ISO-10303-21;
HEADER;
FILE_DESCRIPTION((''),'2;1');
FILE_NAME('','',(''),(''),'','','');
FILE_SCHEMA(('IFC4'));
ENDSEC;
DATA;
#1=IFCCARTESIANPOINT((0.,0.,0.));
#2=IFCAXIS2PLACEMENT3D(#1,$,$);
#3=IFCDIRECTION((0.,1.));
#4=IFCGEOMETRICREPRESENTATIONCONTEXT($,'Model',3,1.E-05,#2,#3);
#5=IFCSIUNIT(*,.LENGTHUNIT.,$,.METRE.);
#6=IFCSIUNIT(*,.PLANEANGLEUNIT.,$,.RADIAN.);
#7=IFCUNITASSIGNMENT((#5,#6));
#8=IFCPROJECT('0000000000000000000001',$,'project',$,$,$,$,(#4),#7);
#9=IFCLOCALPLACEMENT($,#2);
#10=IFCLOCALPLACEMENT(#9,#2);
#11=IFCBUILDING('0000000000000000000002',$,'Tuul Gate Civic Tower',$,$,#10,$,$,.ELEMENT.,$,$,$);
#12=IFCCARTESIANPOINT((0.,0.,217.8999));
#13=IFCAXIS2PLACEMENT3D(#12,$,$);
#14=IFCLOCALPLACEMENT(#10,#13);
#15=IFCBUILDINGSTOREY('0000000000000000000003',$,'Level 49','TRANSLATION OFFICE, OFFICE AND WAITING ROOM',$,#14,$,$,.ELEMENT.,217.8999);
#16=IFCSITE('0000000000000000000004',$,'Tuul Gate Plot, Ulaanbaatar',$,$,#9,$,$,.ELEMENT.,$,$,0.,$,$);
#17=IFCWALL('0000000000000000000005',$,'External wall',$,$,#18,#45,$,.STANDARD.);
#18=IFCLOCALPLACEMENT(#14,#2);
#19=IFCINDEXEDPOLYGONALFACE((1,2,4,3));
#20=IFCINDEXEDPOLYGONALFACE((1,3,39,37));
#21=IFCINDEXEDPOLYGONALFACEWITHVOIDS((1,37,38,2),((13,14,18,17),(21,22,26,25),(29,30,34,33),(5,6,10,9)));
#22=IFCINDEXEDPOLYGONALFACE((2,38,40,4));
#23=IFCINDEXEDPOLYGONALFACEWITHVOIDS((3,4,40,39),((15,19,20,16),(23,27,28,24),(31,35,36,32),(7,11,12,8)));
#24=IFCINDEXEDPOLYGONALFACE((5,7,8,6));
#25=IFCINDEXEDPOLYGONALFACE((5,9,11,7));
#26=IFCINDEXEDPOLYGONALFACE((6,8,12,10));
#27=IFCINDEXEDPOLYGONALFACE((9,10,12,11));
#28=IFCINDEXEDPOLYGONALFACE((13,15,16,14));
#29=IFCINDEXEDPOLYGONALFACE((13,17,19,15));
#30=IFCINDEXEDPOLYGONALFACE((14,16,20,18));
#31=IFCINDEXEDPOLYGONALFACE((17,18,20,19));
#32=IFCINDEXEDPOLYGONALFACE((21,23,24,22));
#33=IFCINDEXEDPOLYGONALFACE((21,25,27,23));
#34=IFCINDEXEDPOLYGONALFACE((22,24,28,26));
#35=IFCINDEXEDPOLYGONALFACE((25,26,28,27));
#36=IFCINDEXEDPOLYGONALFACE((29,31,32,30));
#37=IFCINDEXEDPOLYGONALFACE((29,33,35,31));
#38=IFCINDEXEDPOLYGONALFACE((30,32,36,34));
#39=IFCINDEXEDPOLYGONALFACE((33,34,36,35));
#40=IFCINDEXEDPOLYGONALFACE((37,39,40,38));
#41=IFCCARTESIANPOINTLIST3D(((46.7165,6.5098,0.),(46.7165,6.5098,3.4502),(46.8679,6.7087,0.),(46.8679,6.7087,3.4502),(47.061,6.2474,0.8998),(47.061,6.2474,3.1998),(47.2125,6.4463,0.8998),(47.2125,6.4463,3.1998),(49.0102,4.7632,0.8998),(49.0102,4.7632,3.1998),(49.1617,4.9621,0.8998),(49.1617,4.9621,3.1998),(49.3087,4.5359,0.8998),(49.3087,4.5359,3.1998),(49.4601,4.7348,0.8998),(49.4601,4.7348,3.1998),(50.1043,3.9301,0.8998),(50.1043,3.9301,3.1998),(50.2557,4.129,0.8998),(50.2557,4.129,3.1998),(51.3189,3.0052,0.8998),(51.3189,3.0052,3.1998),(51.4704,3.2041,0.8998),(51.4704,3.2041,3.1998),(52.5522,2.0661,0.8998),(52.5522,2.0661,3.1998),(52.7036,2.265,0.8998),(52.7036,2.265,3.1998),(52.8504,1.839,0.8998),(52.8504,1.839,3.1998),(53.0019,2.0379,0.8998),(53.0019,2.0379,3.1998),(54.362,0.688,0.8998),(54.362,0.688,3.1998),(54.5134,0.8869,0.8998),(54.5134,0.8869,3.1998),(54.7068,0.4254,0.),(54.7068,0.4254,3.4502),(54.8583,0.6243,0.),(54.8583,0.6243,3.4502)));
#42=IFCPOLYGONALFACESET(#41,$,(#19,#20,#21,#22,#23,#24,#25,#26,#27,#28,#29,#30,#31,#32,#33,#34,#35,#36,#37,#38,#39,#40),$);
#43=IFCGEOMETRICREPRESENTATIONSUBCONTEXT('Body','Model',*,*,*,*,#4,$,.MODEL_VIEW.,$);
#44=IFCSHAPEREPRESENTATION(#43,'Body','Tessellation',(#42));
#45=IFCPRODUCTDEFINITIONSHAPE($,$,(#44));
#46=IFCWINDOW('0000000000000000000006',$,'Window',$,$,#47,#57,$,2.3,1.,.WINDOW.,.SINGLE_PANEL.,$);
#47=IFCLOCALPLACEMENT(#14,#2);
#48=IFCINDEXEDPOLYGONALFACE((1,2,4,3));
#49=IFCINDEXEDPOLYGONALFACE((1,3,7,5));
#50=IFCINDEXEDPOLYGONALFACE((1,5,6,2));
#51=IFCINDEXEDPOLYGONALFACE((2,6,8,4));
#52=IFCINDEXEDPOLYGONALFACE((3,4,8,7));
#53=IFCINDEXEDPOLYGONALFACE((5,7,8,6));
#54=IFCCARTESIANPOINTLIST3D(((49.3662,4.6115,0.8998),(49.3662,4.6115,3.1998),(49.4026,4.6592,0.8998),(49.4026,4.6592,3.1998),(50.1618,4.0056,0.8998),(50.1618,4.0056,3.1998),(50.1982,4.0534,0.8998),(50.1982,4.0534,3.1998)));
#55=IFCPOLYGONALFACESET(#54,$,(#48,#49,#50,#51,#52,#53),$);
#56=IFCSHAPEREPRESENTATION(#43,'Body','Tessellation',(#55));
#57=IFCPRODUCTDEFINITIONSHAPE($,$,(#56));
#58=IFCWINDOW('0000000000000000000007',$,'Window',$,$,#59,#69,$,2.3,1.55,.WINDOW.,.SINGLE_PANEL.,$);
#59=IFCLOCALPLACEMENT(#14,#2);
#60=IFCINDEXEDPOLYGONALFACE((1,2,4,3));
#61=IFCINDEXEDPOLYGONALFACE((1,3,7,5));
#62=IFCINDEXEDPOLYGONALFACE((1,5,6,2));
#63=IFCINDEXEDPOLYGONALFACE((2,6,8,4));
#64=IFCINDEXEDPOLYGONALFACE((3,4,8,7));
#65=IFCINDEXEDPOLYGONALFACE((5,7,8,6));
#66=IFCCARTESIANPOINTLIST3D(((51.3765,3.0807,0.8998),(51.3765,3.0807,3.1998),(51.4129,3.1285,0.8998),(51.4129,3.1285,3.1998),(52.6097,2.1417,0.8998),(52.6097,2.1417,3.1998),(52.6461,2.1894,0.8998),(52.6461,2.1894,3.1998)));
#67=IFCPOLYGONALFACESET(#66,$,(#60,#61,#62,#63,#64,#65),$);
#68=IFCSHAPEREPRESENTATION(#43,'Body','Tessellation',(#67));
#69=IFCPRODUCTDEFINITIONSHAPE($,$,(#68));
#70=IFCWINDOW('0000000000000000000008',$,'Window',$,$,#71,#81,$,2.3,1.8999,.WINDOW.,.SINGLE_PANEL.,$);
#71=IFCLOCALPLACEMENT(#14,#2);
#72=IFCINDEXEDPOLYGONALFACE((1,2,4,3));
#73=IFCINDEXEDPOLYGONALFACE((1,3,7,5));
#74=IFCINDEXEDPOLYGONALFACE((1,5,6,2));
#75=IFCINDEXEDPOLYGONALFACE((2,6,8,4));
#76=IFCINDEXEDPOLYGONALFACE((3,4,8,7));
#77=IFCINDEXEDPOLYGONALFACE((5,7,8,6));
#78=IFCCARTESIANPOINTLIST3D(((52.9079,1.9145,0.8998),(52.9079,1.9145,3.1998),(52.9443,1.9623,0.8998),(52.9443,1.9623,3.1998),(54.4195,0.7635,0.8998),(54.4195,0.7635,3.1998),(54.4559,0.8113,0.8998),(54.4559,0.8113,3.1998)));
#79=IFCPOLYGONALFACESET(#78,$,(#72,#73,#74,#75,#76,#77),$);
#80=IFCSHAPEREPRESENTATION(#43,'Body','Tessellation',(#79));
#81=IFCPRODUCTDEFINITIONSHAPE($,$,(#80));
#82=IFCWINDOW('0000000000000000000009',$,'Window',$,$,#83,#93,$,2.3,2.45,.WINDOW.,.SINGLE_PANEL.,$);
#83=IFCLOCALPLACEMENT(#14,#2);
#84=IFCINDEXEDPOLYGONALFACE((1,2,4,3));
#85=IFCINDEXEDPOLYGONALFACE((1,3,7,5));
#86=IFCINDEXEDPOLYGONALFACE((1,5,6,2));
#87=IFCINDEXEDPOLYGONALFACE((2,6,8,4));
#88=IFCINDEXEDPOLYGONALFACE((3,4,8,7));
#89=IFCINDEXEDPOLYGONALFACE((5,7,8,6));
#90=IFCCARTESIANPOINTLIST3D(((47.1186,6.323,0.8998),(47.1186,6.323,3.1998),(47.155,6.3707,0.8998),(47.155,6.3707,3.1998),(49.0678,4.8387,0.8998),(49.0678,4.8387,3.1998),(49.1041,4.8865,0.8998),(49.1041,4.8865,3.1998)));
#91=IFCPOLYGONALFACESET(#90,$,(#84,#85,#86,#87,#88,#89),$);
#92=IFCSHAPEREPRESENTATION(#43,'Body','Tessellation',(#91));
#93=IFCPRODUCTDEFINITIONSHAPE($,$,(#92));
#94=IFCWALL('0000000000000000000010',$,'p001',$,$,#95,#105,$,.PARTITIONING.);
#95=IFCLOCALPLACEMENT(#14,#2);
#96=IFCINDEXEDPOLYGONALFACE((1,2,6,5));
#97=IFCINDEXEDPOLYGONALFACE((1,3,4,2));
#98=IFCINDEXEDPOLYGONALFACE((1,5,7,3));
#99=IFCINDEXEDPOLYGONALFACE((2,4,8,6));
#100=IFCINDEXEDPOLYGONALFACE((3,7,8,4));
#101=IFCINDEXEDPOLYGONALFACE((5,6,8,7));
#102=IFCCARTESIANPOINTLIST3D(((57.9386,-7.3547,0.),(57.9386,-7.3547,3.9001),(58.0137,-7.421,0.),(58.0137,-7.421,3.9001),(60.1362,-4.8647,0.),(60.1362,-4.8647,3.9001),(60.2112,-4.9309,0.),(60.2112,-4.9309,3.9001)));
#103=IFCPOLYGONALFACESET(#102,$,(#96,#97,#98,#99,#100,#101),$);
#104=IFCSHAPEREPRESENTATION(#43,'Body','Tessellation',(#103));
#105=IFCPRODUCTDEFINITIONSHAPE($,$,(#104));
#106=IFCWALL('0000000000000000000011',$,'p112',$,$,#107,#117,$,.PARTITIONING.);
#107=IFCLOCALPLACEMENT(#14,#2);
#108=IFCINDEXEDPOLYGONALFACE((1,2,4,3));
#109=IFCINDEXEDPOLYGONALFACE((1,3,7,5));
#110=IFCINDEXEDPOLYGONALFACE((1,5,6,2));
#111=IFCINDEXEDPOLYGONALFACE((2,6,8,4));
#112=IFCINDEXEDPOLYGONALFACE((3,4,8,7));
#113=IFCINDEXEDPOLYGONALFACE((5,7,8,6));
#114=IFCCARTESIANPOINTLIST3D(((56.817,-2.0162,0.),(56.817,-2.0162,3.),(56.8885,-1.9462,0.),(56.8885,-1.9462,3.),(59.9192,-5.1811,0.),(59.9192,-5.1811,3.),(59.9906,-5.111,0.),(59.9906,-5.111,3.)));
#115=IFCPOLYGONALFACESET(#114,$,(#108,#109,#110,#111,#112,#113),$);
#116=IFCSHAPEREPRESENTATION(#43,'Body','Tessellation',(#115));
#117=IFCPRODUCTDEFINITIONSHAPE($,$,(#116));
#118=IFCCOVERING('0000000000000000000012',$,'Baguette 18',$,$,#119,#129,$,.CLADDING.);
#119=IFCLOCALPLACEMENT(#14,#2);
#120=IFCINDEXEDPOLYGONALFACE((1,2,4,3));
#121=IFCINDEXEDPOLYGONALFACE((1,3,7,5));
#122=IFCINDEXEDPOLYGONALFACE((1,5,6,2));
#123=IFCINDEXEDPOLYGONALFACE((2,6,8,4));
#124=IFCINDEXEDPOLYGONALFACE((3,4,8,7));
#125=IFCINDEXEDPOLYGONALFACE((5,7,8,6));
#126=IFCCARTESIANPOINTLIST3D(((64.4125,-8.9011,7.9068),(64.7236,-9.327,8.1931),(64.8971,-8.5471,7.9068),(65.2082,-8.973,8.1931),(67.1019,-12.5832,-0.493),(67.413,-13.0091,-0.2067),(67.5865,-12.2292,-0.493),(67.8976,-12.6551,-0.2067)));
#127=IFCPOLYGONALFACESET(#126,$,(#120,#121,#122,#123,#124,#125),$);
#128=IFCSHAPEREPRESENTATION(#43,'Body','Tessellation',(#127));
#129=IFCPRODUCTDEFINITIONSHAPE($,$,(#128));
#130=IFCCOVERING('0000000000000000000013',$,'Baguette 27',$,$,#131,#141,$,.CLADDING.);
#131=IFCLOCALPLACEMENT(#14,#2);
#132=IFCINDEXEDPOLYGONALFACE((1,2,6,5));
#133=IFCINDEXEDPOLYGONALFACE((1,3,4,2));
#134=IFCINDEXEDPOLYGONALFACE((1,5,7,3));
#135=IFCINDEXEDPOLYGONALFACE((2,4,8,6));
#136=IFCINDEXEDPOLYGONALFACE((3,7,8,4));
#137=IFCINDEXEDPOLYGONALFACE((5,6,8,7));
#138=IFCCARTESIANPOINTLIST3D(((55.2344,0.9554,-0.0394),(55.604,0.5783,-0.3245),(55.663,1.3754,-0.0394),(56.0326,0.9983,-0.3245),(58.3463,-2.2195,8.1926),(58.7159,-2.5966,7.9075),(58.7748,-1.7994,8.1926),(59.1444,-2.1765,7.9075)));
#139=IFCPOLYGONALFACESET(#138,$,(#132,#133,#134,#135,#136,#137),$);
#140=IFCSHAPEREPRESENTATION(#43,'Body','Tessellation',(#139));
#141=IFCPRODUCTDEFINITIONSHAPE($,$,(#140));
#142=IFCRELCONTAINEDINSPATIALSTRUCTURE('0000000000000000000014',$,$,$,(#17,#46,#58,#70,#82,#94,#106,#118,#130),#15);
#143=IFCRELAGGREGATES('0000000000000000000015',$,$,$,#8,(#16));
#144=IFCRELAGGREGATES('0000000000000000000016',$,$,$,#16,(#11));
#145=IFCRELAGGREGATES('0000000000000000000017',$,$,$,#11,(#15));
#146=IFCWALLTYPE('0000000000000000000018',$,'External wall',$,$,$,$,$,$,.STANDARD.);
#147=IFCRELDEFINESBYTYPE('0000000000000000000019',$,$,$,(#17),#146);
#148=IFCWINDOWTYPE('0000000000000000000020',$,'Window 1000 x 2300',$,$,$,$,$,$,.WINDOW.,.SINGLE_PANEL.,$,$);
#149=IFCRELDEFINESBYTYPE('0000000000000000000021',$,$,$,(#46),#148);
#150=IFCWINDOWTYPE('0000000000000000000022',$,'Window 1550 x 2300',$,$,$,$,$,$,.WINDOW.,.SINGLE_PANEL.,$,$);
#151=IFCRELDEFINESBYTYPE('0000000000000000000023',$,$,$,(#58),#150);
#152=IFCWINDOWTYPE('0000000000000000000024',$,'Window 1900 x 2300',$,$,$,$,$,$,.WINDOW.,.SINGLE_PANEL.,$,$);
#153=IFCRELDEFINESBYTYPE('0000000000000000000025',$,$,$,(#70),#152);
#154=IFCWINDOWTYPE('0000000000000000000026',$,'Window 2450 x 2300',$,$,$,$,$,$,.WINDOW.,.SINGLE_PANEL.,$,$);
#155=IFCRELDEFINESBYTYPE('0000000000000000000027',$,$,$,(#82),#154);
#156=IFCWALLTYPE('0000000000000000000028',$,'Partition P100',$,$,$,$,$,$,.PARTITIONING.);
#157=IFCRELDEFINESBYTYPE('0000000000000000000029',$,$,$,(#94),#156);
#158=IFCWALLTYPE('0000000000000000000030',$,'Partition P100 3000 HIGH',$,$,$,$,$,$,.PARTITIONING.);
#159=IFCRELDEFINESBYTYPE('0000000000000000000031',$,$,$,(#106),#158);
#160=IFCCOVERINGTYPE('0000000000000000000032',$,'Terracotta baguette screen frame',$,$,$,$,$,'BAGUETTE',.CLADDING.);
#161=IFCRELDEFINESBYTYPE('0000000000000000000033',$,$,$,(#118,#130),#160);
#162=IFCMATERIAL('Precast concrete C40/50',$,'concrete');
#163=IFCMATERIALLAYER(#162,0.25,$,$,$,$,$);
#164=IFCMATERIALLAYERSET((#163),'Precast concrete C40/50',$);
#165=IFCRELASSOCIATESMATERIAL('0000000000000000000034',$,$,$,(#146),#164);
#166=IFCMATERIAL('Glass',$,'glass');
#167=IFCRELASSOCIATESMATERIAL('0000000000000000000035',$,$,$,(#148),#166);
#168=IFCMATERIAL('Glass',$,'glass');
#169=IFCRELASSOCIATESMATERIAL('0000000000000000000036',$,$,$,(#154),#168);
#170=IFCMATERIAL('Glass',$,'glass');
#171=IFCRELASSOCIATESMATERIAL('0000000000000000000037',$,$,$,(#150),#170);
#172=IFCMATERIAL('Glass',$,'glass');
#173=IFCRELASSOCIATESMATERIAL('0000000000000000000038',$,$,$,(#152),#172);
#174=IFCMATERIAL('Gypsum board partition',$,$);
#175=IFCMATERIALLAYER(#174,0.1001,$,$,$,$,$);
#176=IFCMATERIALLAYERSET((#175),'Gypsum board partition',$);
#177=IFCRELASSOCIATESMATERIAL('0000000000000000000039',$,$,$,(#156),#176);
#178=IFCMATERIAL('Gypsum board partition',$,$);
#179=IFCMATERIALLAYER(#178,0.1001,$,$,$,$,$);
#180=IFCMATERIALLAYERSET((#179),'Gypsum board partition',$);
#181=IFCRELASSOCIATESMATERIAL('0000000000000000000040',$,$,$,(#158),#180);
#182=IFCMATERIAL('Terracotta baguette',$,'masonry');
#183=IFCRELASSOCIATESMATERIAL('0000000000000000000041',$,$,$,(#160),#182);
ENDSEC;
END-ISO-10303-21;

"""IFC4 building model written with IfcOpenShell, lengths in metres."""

from ifc_helpers import new_model, si_unit, direction, frame, frame_2d, origin, origin_2d, place, context, subcontext, project, spatial, rectangle, extrude, material, layer, layer_set, material_profile, profile_set, type_object, element, fill, save


model = new_model("IFC4")

# Units and contexts
model_context = context("Model", 3, precision=1e-05, world=origin(), true_north=direction((0.0, 1.0)))
body_context = subcontext(model_context, "Body", "Model", "MODEL_VIEW")
ifc_project = project(units=[si_unit("LENGTHUNIT", "METRE"), si_unit("PLANEANGLEUNIT", "RADIAN")], contexts=[model_context])

# Site, building, storey
site_placement = place(None, origin())
site = spatial("IfcSite", under=ifc_project, at=site_placement, Name="Tuul Gate Plot, Ulaanbaatar", CompositionType="ELEMENT", RefElevation=0.0)
building_placement = place(site_placement, origin())
building = spatial("IfcBuilding", under=site, at=building_placement, Name="Tuul Gate Civic Tower", CompositionType="ELEMENT")
storey_placement = place(building_placement, frame((0.0, 0.0, 217.8999)))
storey = spatial("IfcBuildingStorey", under=building, at=storey_placement, Name="Level 49", Description="TRANSLATION OFFICE, OFFICE AND WAITING ROOM", CompositionType="ELEMENT", Elevation=217.8999)

# Wall, openings, windows
ifc_material_1 = material(Name="Precast concrete C40/50", Category="concrete")
ifc_layer_1 = layer(ifc_material_1, 0.25)
ifc_layer_set_1 = layer_set([ifc_layer_1], Name="Precast concrete C40/50")
wall_type_1 = type_object("IfcWallType", Name="External wall", PredefinedType="STANDARD", material=ifc_layer_set_1)
ifc_material_2 = material(Name="Glass", Category="glass")
window_type_1 = type_object("IfcWindowType", Name="Window 1000 x 2300", PartitioningType="SINGLE_PANEL", PredefinedType="WINDOW", material=ifc_material_2)
ifc_material_3 = material(Name="Glass", Category="glass")
window_type_2 = type_object("IfcWindowType", Name="Window 2450 x 2300", PartitioningType="SINGLE_PANEL", PredefinedType="WINDOW", material=ifc_material_3)
wall_1_placement = place(storey_placement, frame((54.7825, 0.5249, 0.0), z_axis=(0.0, 0.0, 1.0), x_axis=(-0.7956, 0.605822, 0.0)))
wall_1 = element("IfcWall", 1, at=wall_1_placement, inside=storey, type_object=wall_type_1, Name="External wall", PredefinedType="STANDARD", context=body_context, shape_type="SweptSolid", body=[
    extrude(rectangle(XDim=10.0432, YDim=0.25, at=frame_2d((5.0215, 0.0))), origin(), (0.0, 0.0, 1.0), 3.4502),
])
opening_1_placement = place(wall_1_placement, frame((5.7849, 0.0, 0.8999)))
opening_1 = element("IfcOpeningElement", 2, at=opening_1_placement, cuts=wall_1, PredefinedType="OPENING", context=body_context, shape_type="SweptSolid", body=[
    extrude(rectangle(XDim=1.0, YDim=2.3, at=frame_2d((0.5, 1.1499))), frame((0.0, 0.135, 0.0), z_axis=(0.0, -1.0, 0.0), x_axis=(1.0, 0.0, 0.0)), (0.0, 0.0, 1.0), 0.27),
])
opening_2_placement = place(wall_1_placement, frame((7.1599, 0.0, 0.8999)))
opening_2 = element("IfcOpeningElement", 3, at=opening_2_placement, cuts=wall_1, PredefinedType="OPENING", context=body_context, shape_type="SweptSolid", body=[
    extrude(rectangle(XDim=2.45, YDim=2.3, at=frame_2d((1.2251, 1.1499))), frame((0.0, 0.135, 0.0), z_axis=(0.0, -1.0, 0.0), x_axis=(1.0, 0.0, 0.0)), (0.0, 0.0, 1.0), 0.27),
])
opening_3_placement = place(wall_1_placement, frame((0.4333, 0.0, 0.8999)))
opening_3 = element("IfcOpeningElement", 4, at=opening_3_placement, cuts=wall_1, PredefinedType="OPENING", context=body_context, shape_type="SweptSolid", body=[
    extrude(rectangle(XDim=1.8999, YDim=2.3, at=frame_2d((0.95, 1.1499))), frame((0.0, 0.135, 0.0), z_axis=(0.0, -1.0, 0.0), x_axis=(1.0, 0.0, 0.0)), (0.0, 0.0, 1.0), 0.27),
])
opening_4_placement = place(wall_1_placement, frame((2.7083, 0.0, 0.8999)))
opening_4 = element("IfcOpeningElement", 5, at=opening_4_placement, cuts=wall_1, PredefinedType="OPENING", context=body_context, shape_type="SweptSolid", body=[
    extrude(rectangle(XDim=1.55, YDim=2.3, at=frame_2d((0.7749, 1.1499))), frame((0.0, 0.135, 0.0), z_axis=(0.0, -1.0, 0.0), x_axis=(1.0, 0.0, 0.0)), (0.0, 0.0, 1.0), 0.27),
])
window_1_placement = place(opening_1_placement, origin())
window_1 = element("IfcWindow", 6, at=window_1_placement, inside=storey, type_object=window_type_1, Name="Window", OverallHeight=2.3, OverallWidth=1.0, PartitioningType="SINGLE_PANEL", PredefinedType="WINDOW", context=body_context, shape_type="SweptSolid", body=[
    extrude(rectangle(XDim=1.0, YDim=2.3, at=frame_2d((0.5, 1.1499))), frame((0.0, 0.03, 0.0), z_axis=(0.0, -1.0, 0.0), x_axis=(1.0, 0.0, 0.0)), (0.0, 0.0, 1.0), 0.0601),
])
fill(opening_1, window_1)
ifc_material_4 = material(Name="Glass", Category="glass")
window_type_3 = type_object("IfcWindowType", Name="Window 1550 x 2300", PartitioningType="SINGLE_PANEL", PredefinedType="WINDOW", material=ifc_material_4)
window_2_placement = place(opening_4_placement, origin())
window_2 = element("IfcWindow", 7, at=window_2_placement, inside=storey, type_object=window_type_3, Name="Window", OverallHeight=2.3, OverallWidth=1.55, PartitioningType="SINGLE_PANEL", PredefinedType="WINDOW", context=body_context, shape_type="SweptSolid", body=[
    extrude(rectangle(XDim=1.55, YDim=2.3, at=frame_2d((0.7749, 1.1499))), frame((0.0, 0.03, 0.0), z_axis=(0.0, -1.0, 0.0), x_axis=(1.0, 0.0, 0.0)), (0.0, 0.0, 1.0), 0.0601),
])
fill(opening_4, window_2)
ifc_material_5 = material(Name="Glass", Category="glass")
window_type_4 = type_object("IfcWindowType", Name="Window 1900 x 2300", PartitioningType="SINGLE_PANEL", PredefinedType="WINDOW", material=ifc_material_5)
window_3_placement = place(opening_3_placement, origin())
window_3 = element("IfcWindow", 8, at=window_3_placement, inside=storey, type_object=window_type_4, Name="Window", OverallHeight=2.3, OverallWidth=1.8999, PartitioningType="SINGLE_PANEL", PredefinedType="WINDOW", context=body_context, shape_type="SweptSolid", body=[
    extrude(rectangle(XDim=1.8999, YDim=2.3, at=frame_2d((0.95, 1.1499))), frame((0.0, 0.03, 0.0), z_axis=(0.0, -1.0, 0.0), x_axis=(1.0, 0.0, 0.0)), (0.0, 0.0, 1.0), 0.0601),
])
fill(opening_3, window_3)
window_4_placement = place(opening_2_placement, origin())
window_4 = element("IfcWindow", 9, at=window_4_placement, inside=storey, type_object=window_type_2, Name="Window", OverallHeight=2.3, OverallWidth=2.45, PartitioningType="SINGLE_PANEL", PredefinedType="WINDOW", context=body_context, shape_type="SweptSolid", body=[
    extrude(rectangle(XDim=2.45, YDim=2.3, at=frame_2d((1.2251, 1.1499))), frame((0.0, 0.03, 0.0), z_axis=(0.0, -1.0, 0.0), x_axis=(1.0, 0.0, 0.0)), (0.0, 0.0, 1.0), 0.0601),
])
fill(opening_2, window_4)

# Walls
ifc_material_6 = material(Name="Gypsum board partition")
ifc_layer_2 = layer(ifc_material_6, 0.1001)
ifc_layer_set_2 = layer_set([ifc_layer_2], Name="Gypsum board partition")
wall_type_2 = type_object("IfcWallType", Name="Partition P100", PredefinedType="PARTITIONING", material=ifc_layer_set_2)
wall_2_placement = place(storey_placement, frame((57.9761, -7.3879, 0.0), z_axis=(0.0, 0.0, 1.0), x_axis=(0.661699, 0.749769, 0.0)))
element("IfcWall", 10, at=wall_2_placement, inside=storey, type_object=wall_type_2, Name="p001", PredefinedType="PARTITIONING", context=body_context, shape_type="SweptSolid", body=[
    extrude(rectangle(XDim=3.321, YDim=0.1001, at=frame_2d((1.6606, 0.0))), origin(), (0.0, 0.0, 1.0), 3.9001),
])
ifc_material_7 = material(Name="Gypsum board partition")
ifc_layer_3 = layer(ifc_material_7, 0.1001)
ifc_layer_set_3 = layer_set([ifc_layer_3], Name="Gypsum board partition")
wall_type_3 = type_object("IfcWallType", Name="Partition P100 3000 HIGH", PredefinedType="PARTITIONING", material=ifc_layer_set_3)
wall_3_placement = place(storey_placement, frame((56.8528, -1.9812, 0.0), z_axis=(0.0, 0.0, 1.0), x_axis=(0.699992, -0.714151, 0.0)))
element("IfcWall", 11, at=wall_3_placement, inside=storey, type_object=wall_type_3, Name="p112", PredefinedType="PARTITIONING", context=body_context, shape_type="SweptSolid", body=[
    extrude(rectangle(XDim=4.4316, YDim=0.1001, at=frame_2d((2.2158, 0.0))), origin(), (0.0, 0.0, 1.0), 3.0),
])

# Coverings
ifc_material_8 = material(Name="Terracotta baguette", Category="masonry")
ifc_material_profile_1 = material_profile(ifc_material_8, rectangle(XDim=0.6001, YDim=0.6001, at=origin_2d()), Name="Terracotta baguette screen frame")
ifc_profile_set_1 = profile_set([ifc_material_profile_1], Name="Terracotta baguette")
covering_type = type_object("IfcCoveringType", Name="Terracotta baguette screen frame", ElementType="BAGUETTE", PredefinedType="CLADDING", material=ifc_profile_set_1)
covering_1_placement = place(storey_placement, frame((67.4998, -12.6191, -0.3499), z_axis=(-0.281391, 0.385253, 0.878862), x_axis=(-0.80753, -0.589826, 0.0)))
element("IfcCovering", 12, at=covering_1_placement, inside=storey, type_object=covering_type, Name="Baguette 18", PredefinedType="CLADDING", context=body_context, shape_type="SweptSolid", body=[
    extrude(rectangle(XDim=0.6001, YDim=0.6001, at=origin_2d()), origin(), (0.0, 0.0, 1.0), 9.5576),
])
covering_2_placement = place(storey_placement, frame((58.7454, -2.198, 8.05), z_axis=(-0.332615, 0.339348, -0.879892), x_axis=(-0.714156, -0.699987, 0.0)))
element("IfcCovering", 13, at=covering_2_placement, inside=storey, type_object=covering_type, Name="Baguette 27", PredefinedType="CLADDING", context=body_context, shape_type="SweptSolid", body=[
    extrude(rectangle(XDim=0.6001, YDim=0.6001, at=origin_2d()), origin(), (0.0, 0.0, 1.0), 9.3557),
])

save(model, "model.ifc")
